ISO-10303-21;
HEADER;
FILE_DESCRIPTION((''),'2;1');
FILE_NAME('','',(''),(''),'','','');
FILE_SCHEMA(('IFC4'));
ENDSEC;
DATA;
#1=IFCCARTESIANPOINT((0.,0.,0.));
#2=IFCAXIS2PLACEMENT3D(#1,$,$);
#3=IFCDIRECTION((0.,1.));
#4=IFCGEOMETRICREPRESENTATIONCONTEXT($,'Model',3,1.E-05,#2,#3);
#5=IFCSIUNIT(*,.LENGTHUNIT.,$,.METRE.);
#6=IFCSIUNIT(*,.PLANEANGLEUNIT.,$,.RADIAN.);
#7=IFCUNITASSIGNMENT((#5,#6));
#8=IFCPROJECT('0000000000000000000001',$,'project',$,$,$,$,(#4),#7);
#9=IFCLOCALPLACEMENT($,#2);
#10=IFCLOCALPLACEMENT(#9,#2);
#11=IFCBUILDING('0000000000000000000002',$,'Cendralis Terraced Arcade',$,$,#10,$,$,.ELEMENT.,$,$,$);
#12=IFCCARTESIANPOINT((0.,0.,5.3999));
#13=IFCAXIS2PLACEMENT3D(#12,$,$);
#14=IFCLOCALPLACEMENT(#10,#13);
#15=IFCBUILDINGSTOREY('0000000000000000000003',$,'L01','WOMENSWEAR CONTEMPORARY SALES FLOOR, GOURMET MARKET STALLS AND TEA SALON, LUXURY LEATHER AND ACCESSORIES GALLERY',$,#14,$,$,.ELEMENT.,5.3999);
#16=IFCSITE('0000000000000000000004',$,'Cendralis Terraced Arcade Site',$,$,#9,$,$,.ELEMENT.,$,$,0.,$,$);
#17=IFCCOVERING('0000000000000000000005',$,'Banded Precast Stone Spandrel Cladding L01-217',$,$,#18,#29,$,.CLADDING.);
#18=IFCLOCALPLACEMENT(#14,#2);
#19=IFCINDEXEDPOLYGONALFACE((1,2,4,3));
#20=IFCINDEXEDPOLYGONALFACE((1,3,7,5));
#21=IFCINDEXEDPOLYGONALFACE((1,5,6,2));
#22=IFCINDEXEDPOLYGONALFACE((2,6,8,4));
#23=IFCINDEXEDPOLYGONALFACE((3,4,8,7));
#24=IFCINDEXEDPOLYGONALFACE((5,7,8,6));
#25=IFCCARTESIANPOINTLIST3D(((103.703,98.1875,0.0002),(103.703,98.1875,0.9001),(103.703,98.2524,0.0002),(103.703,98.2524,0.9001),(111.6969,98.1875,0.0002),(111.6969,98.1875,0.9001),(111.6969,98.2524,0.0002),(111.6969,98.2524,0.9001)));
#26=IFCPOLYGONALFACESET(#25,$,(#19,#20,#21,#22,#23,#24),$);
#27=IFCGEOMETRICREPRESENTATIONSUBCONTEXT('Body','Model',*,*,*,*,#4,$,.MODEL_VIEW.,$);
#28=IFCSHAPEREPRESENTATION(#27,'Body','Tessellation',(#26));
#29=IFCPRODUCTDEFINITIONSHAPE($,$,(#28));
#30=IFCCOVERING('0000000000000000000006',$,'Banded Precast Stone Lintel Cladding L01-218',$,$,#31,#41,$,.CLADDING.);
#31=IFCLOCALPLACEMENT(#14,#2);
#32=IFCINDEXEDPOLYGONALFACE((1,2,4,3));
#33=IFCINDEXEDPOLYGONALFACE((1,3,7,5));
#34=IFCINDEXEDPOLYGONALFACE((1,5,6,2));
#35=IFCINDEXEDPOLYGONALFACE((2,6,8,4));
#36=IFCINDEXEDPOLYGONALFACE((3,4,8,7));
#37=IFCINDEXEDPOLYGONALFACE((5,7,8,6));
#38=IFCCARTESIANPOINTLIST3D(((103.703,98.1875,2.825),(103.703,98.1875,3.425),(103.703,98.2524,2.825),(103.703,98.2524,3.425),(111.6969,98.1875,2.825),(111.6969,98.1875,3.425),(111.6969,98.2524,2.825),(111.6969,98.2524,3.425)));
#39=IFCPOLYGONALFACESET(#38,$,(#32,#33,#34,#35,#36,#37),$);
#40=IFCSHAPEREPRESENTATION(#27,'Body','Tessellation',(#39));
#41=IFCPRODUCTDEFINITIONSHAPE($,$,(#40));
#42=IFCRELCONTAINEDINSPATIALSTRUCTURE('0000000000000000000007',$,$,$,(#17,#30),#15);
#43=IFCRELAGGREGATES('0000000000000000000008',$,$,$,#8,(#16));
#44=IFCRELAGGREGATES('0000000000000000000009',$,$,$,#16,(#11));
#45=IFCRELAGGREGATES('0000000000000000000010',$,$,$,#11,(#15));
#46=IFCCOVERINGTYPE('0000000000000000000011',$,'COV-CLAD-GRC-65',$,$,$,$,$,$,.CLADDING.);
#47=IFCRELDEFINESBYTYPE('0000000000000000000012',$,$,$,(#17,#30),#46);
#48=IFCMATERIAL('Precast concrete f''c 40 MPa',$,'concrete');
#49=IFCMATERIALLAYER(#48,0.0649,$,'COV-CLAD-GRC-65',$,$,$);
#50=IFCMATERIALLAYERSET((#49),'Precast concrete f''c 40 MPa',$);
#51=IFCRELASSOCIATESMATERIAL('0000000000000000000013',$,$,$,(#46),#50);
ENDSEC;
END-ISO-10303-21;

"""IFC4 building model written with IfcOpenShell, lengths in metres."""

from ifc_helpers import new_model, si_unit, direction, frame, origin, origin_2d, place, context, subcontext, project, spatial, rectangle, extrude, material, layer, layer_set, type_object, element, save


model = new_model("IFC4")

# Units and contexts
model_context = context("Model", 3, precision=1e-05, world=origin(), true_north=direction((0.0, 1.0)))
body_context = subcontext(model_context, "Body", "Model", "MODEL_VIEW")
ifc_project = project(units=[si_unit("LENGTHUNIT", "METRE"), si_unit("PLANEANGLEUNIT", "RADIAN")], contexts=[model_context])

# Site, building, storey
site_placement = place(None, origin())
site = spatial("IfcSite", under=ifc_project, at=site_placement, Name="Cendralis Terraced Arcade Site", CompositionType="ELEMENT", RefElevation=0.0)
building_placement = place(site_placement, origin())
building = spatial("IfcBuilding", under=site, at=building_placement, Name="Cendralis Terraced Arcade", CompositionType="ELEMENT")
storey_placement = place(building_placement, frame((0.0, 0.0, 5.3999)))
storey = spatial("IfcBuildingStorey", under=building, at=storey_placement, Name="L01", Description="WOMENSWEAR CONTEMPORARY SALES FLOOR, GOURMET MARKET STALLS AND TEA SALON, LUXURY LEATHER AND ACCESSORIES GALLERY", CompositionType="ELEMENT", Elevation=5.3999)

# Shared definitions
ifc_material_1 = material(Name="Precast concrete f'c 40 MPa", Category="concrete")

# Coverings
ifc_layer_1 = layer(ifc_material_1, 0.0649, Name="COV-CLAD-GRC-65")
ifc_layer_set_1 = layer_set([ifc_layer_1], Name="Precast concrete f'c 40 MPa")
covering_type = type_object("IfcCoveringType", Name="COV-CLAD-GRC-65", PredefinedType="CLADDING", material=ifc_layer_set_1)
for number, where, z_axis, x_axis, name in (
    (1, (107.7, 98.22, 0.0002), (0.0, 0.0, 1.0), (-1.0, 0.0, 0.0), "Banded Precast Stone Spandrel Cladding L01-217"),
):
    element("IfcCovering", number, at=place(storey_placement, frame(where, z_axis=z_axis, x_axis=x_axis)), inside=storey, type_object=covering_type, Name=name, PredefinedType="CLADDING", context=body_context, shape_type="SweptSolid", body=[
        extrude(rectangle(XDim=7.9939, YDim=0.0649, at=origin_2d()), origin(), (0.0, 0.0, 1.0), 0.8999),
    ])
covering_1_placement = place(storey_placement, frame((107.7, 98.22, 2.825), z_axis=(0.0, 0.0, 1.0), x_axis=(-1.0, 0.0, 0.0)))
element("IfcCovering", 2, at=covering_1_placement, inside=storey, type_object=covering_type, Name="Banded Precast Stone Lintel Cladding L01-218", PredefinedType="CLADDING", context=body_context, shape_type="SweptSolid", body=[
    extrude(rectangle(XDim=7.9939, YDim=0.0649, at=origin_2d()), origin(), (0.0, 0.0, 1.0), 0.6001),
])

save(model, "model.ifc")
